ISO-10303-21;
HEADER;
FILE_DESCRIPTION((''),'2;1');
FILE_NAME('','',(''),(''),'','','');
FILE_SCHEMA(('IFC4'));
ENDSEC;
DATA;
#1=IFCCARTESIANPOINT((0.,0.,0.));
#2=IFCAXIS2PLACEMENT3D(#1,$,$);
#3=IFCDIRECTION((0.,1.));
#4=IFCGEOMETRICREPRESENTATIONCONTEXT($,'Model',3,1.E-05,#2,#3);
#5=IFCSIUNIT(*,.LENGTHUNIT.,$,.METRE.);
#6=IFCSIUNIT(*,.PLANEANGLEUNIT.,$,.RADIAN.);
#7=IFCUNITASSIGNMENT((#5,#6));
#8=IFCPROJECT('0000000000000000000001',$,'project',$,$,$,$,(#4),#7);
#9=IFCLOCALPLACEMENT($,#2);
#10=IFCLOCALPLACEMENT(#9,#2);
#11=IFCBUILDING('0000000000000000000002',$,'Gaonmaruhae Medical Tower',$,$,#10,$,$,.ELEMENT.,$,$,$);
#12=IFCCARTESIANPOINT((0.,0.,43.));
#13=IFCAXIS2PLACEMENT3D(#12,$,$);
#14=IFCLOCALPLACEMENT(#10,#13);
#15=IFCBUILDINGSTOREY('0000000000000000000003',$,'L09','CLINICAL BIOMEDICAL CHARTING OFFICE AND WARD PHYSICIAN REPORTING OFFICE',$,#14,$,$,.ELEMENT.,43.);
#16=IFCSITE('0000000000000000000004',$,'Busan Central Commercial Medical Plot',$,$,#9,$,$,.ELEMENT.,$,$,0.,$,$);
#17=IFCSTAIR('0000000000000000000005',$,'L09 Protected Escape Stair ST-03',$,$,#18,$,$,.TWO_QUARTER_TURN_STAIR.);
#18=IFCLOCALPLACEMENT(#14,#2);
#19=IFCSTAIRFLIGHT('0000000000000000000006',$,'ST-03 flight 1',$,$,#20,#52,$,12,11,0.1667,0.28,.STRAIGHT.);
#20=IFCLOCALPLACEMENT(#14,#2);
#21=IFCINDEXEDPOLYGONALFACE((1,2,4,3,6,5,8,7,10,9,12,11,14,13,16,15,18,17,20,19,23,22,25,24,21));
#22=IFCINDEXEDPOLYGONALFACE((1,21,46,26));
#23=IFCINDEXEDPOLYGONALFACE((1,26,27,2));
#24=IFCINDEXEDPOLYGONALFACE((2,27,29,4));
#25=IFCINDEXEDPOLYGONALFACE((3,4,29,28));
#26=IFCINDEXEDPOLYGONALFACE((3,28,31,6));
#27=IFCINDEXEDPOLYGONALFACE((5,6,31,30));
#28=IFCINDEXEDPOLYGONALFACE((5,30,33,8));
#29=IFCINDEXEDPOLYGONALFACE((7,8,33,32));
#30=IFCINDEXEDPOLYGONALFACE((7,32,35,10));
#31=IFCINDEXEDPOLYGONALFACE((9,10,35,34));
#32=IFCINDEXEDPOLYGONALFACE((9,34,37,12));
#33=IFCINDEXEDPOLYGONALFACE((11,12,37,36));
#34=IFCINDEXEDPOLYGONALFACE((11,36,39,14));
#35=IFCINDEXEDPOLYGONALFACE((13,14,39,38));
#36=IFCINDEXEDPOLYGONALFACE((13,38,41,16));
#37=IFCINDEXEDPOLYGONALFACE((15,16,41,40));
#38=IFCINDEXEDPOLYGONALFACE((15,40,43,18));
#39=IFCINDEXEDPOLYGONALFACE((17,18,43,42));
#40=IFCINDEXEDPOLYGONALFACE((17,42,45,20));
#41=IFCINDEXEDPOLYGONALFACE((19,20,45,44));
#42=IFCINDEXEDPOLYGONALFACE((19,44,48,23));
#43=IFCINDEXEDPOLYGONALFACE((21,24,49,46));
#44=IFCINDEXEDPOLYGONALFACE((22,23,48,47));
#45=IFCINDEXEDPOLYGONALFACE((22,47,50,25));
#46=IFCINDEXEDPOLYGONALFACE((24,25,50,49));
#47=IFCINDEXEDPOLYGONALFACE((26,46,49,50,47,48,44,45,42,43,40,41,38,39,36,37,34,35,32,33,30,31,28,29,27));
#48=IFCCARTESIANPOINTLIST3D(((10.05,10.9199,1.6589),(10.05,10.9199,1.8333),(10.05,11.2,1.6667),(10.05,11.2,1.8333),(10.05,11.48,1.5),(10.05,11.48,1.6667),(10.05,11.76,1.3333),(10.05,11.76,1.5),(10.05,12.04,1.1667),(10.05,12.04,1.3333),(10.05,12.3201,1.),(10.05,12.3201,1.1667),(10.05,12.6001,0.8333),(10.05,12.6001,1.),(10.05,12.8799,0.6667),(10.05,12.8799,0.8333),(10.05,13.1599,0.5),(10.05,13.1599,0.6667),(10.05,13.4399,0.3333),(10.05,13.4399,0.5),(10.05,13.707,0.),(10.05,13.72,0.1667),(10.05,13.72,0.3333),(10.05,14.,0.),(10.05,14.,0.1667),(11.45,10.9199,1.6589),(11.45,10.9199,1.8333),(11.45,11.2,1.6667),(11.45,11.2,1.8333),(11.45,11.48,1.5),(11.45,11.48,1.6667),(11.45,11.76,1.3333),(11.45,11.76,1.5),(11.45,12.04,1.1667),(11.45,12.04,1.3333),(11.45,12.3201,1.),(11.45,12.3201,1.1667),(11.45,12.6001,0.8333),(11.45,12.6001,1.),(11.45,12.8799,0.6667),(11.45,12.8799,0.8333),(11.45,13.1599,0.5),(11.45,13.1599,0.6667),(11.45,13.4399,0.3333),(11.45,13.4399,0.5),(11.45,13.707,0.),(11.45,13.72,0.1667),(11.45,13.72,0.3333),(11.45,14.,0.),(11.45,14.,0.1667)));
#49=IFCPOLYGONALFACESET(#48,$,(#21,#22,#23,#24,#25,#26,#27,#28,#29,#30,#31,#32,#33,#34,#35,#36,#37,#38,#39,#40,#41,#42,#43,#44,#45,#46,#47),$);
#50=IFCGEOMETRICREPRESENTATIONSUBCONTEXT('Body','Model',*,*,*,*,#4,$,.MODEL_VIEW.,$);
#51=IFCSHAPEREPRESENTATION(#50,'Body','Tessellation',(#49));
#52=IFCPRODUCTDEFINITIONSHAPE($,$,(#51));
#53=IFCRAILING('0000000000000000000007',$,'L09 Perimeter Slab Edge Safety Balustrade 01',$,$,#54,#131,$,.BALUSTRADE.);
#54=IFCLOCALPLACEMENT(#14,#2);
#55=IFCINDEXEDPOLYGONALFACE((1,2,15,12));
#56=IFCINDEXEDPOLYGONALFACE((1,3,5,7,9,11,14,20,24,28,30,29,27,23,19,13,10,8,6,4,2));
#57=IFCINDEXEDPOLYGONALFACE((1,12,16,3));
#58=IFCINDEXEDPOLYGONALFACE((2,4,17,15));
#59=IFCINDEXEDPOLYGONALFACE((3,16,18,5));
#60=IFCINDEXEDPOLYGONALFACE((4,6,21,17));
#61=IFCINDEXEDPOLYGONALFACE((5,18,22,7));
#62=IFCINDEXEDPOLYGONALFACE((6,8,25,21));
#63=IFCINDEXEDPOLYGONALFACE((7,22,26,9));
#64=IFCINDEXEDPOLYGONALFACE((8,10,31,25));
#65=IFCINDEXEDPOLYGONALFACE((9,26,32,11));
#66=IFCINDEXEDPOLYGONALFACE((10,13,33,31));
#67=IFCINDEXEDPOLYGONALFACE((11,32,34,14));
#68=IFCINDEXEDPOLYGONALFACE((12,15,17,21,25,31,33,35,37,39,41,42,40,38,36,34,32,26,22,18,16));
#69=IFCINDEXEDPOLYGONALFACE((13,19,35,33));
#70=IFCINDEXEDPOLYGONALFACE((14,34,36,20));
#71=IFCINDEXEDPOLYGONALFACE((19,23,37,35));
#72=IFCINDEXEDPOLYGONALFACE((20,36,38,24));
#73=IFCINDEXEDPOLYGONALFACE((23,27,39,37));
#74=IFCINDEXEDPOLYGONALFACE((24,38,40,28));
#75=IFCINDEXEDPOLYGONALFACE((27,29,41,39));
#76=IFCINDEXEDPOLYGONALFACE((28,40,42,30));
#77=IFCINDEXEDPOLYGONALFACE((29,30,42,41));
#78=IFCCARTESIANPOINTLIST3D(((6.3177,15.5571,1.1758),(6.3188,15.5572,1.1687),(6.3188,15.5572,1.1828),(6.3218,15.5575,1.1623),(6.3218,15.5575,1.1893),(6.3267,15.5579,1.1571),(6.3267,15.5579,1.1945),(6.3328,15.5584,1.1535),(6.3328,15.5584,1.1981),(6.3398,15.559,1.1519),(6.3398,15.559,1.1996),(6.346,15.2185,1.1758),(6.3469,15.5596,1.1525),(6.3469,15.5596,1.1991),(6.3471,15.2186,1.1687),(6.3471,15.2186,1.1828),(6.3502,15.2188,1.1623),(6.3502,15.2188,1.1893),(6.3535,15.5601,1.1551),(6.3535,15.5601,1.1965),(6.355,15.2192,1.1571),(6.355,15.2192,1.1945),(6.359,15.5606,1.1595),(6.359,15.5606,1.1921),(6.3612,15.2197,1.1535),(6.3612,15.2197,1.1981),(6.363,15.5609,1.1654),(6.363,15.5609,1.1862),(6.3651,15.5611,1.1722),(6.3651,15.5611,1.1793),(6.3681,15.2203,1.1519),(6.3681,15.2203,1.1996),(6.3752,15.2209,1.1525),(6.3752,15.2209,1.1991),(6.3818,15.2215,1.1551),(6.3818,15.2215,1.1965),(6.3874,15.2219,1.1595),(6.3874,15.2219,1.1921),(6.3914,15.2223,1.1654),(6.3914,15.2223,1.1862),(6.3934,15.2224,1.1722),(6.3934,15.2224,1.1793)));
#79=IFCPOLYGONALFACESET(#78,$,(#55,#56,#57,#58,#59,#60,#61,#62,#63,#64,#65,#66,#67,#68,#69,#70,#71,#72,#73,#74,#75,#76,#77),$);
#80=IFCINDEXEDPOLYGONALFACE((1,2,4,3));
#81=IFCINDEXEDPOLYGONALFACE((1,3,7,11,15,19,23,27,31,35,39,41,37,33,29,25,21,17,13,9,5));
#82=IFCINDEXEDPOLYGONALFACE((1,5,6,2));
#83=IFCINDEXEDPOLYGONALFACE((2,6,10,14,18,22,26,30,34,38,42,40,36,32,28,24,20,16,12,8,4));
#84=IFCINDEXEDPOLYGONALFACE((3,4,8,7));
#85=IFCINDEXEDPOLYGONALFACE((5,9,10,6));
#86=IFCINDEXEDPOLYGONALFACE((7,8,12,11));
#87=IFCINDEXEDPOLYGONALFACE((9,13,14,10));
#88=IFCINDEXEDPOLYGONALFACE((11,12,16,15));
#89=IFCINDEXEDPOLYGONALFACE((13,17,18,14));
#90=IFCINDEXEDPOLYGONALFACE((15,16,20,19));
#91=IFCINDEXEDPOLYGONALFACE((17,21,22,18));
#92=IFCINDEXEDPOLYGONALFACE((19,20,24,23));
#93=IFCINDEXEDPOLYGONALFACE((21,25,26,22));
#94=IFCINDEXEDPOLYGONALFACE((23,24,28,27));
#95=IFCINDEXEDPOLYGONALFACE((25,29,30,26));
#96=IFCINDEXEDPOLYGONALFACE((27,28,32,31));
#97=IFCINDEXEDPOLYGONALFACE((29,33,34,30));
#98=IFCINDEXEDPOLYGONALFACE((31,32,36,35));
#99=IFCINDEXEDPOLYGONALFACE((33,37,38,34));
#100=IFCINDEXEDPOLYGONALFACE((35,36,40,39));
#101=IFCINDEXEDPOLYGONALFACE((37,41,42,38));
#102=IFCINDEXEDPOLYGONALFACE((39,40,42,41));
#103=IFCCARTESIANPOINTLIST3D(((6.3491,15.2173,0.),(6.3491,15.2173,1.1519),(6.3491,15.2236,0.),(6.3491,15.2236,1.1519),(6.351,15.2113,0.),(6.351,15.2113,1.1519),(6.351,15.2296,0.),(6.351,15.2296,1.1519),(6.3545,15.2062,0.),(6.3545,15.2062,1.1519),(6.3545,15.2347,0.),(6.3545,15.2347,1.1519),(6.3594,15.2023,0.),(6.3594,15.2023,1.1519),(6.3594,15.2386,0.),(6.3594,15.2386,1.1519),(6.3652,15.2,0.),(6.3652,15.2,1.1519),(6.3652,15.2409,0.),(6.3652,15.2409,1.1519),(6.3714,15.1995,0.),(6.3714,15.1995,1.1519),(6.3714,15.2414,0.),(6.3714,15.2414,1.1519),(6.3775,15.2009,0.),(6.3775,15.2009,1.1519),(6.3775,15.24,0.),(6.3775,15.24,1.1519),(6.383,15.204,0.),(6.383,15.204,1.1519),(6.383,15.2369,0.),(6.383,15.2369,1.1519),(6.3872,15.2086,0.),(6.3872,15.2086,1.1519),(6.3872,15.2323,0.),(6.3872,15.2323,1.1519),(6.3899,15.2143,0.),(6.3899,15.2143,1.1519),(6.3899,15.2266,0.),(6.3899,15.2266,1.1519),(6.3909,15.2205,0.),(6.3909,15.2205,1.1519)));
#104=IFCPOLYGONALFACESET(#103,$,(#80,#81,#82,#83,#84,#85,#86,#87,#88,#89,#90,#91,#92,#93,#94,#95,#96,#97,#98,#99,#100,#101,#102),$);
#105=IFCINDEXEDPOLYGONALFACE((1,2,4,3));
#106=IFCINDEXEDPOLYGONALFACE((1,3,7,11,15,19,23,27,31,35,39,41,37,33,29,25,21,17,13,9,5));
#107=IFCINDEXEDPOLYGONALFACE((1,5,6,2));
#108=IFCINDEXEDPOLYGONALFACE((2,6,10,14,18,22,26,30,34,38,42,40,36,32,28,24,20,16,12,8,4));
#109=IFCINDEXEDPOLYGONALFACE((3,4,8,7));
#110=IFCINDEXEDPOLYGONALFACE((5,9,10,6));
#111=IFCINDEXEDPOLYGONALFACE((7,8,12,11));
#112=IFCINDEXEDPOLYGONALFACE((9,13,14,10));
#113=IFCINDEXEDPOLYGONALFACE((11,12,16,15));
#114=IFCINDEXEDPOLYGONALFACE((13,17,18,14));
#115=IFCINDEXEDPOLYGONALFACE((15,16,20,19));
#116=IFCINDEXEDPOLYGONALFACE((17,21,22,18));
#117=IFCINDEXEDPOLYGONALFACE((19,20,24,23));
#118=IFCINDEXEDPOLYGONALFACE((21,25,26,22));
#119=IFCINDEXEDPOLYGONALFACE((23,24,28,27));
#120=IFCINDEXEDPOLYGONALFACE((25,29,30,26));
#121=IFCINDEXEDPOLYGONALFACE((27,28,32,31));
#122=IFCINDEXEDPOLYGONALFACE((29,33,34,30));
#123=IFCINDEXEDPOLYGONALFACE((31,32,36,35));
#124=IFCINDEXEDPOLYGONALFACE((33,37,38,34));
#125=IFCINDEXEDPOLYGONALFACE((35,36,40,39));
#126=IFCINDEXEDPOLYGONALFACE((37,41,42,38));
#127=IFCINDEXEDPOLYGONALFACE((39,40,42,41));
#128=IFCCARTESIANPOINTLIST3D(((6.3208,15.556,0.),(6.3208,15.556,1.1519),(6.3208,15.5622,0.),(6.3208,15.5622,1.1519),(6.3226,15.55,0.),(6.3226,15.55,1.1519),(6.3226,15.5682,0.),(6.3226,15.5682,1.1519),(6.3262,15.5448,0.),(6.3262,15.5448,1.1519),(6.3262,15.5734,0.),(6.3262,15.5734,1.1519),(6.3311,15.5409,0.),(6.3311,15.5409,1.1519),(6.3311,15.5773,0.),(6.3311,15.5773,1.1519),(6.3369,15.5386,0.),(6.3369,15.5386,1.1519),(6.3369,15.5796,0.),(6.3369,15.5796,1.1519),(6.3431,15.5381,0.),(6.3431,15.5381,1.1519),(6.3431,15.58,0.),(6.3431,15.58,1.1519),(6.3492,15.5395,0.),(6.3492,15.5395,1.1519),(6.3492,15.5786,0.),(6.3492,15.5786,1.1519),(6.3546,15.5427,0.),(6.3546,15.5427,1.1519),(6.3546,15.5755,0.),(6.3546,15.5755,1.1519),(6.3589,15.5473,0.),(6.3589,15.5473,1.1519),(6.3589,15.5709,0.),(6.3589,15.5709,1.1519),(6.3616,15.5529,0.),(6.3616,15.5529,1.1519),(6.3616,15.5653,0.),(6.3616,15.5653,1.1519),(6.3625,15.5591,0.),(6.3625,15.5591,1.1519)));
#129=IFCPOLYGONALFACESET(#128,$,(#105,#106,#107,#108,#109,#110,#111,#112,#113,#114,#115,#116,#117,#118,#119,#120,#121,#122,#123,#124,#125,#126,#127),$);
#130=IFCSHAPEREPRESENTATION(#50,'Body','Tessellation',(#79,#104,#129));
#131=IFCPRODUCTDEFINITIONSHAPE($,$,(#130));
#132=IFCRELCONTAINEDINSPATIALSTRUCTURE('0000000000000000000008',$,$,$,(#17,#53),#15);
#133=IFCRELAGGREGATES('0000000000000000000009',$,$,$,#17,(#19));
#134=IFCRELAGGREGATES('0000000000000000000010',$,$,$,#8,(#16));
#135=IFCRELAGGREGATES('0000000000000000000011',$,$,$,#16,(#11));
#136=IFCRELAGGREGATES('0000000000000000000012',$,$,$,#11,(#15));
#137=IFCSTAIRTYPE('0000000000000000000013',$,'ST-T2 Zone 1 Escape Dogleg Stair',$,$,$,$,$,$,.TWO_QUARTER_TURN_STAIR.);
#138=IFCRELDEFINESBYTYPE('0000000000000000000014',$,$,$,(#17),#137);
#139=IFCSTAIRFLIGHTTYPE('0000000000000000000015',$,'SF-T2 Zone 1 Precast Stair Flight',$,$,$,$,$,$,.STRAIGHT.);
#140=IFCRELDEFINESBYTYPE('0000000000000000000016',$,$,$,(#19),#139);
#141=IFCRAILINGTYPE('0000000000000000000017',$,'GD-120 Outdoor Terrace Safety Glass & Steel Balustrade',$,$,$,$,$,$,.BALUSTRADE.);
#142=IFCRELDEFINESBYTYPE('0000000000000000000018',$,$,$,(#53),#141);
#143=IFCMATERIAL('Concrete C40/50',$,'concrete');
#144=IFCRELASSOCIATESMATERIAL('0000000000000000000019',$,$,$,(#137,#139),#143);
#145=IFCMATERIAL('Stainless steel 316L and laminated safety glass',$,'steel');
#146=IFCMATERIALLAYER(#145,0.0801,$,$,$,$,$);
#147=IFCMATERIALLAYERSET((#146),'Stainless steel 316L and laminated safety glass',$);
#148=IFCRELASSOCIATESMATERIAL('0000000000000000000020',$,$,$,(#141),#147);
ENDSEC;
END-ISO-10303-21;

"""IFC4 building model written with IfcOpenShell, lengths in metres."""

from ifc_helpers import new_model, si_unit, direction, frame, origin, origin_2d, place, context, subcontext, project, spatial, polyline, circle, outline, extrude, material, layer, layer_set, type_object, element, aggregate, save


model = new_model("IFC4")

# Units and contexts
model_context = context("Model", 3, precision=1e-05, world=origin(), true_north=direction((0.0, 1.0)))
body_context = subcontext(model_context, "Body", "Model", "MODEL_VIEW")
ifc_project = project(units=[si_unit("LENGTHUNIT", "METRE"), si_unit("PLANEANGLEUNIT", "RADIAN")], contexts=[model_context])

# Site, building, storey
site_placement = place(None, origin())
site = spatial("IfcSite", under=ifc_project, at=site_placement, Name="Busan Central Commercial Medical Plot", CompositionType="ELEMENT", RefElevation=0.0)
building_placement = place(site_placement, origin())
building = spatial("IfcBuilding", under=site, at=building_placement, Name="Gaonmaruhae Medical Tower", CompositionType="ELEMENT")
storey_placement = place(building_placement, frame((0.0, 0.0, 43.0)))
storey = spatial("IfcBuildingStorey", under=building, at=storey_placement, Name="L09", Description="CLINICAL BIOMEDICAL CHARTING OFFICE AND WARD PHYSICIAN REPORTING OFFICE", CompositionType="ELEMENT", Elevation=43.0)

# Stair, stair flight
ifc_material_1 = material(Name="Concrete C40/50", Category="concrete")
stair_type = type_object("IfcStairType", Name="ST-T2 Zone 1 Escape Dogleg Stair", PredefinedType="TWO_QUARTER_TURN_STAIR", material=ifc_material_1)
stair_placement = place(storey_placement, origin())
stair = element("IfcStair", 1, at=stair_placement, inside=storey, type_object=stair_type, Name="L09 Protected Escape Stair ST-03", PredefinedType="TWO_QUARTER_TURN_STAIR")
stair_flight_type = type_object("IfcStairFlightType", Name="SF-T2 Zone 1 Precast Stair Flight", PredefinedType="STRAIGHT", material=ifc_material_1)
stair_flight_placement = place(storey_placement, frame((10.75, 14.0, 0.0), z_axis=(0.0, 0.0, 1.0), x_axis=(0.0, -1.0, 0.0)))
stair_flight = element("IfcStairFlight", 2, at=stair_flight_placement, type_object=stair_flight_type, Name="ST-03 flight 1", NumberOfRisers=12, NumberOfTreads=11, PredefinedType="STRAIGHT", RiserHeight=0.1667, TreadLength=0.28, context=body_context, shape_type="SweptSolid", body=[
    extrude(outline(polyline([(0.0, 0.0), (0.0, 0.1667), (0.28, 0.1667), (0.28, 0.3333), (0.5601, 0.3333), (0.5601, 0.5), (0.8401, 0.5), (0.8401, 0.6667), (1.1201, 0.6667), (1.1201, 0.8333), (1.3999, 0.8333), (1.3999, 1.0), (1.6799, 1.0), (1.6799, 1.1667), (1.96, 1.1667), (1.96, 1.3333), (2.24, 1.3333), (2.24, 1.5), (2.52, 1.5), (2.52, 1.6667), (2.8, 1.6667), (2.8, 1.8333), (3.0801, 1.8333), (3.0801, 2.0), (3.0801, 1.6589), (0.293, 0.0), (0.0, 0.0)])), frame((0.0, 0.7, 0.0), z_axis=(0.0, -1.0, 0.0), x_axis=(1.0, 0.0, 0.0)), (0.0, 0.0, 1.0), 1.3999),
])
aggregate(stair, [stair_flight])

# Railing
ifc_material_2 = material(Name="Stainless steel 316L and laminated safety glass", Category="steel")
ifc_layer_1 = layer(ifc_material_2, 0.0801)
ifc_layer_set_1 = layer_set([ifc_layer_1], Name="Stainless steel 316L and laminated safety glass")
railing_type_1 = type_object("IfcRailingType", Name="GD-120 Outdoor Terrace Safety Glass & Steel Balustrade", PredefinedType="BALUSTRADE", material=ifc_layer_set_1)
railing_1_placement = place(storey_placement, frame((6.3699, 15.2205, 0.0)))
element("IfcRailing", 3, at=railing_1_placement, inside=storey, type_object=railing_type_1, Name="L09 Perimeter Slab Edge Safety Balustrade 01", PredefinedType="BALUSTRADE", context=body_context, shape_type="SweptSolid", body=[
    extrude(circle(Radius=0.0239, at=origin_2d()), frame((0.0, 0.0, 1.1758), z_axis=(-0.083343, 0.996521, 0.0), x_axis=(-0.996521, -0.083343, 0.0)), (0.0, 0.0, 1.0), 0.3398),
    extrude(circle(Radius=0.021, at=origin_2d()), origin(), (0.0, 0.0, 1.0), 1.1519),
    extrude(circle(Radius=0.021, at=origin_2d()), frame((-0.0283, 0.3386, 0.0)), (0.0, 0.0, 1.0), 1.1519),
])

save(model, "model.ifc")
